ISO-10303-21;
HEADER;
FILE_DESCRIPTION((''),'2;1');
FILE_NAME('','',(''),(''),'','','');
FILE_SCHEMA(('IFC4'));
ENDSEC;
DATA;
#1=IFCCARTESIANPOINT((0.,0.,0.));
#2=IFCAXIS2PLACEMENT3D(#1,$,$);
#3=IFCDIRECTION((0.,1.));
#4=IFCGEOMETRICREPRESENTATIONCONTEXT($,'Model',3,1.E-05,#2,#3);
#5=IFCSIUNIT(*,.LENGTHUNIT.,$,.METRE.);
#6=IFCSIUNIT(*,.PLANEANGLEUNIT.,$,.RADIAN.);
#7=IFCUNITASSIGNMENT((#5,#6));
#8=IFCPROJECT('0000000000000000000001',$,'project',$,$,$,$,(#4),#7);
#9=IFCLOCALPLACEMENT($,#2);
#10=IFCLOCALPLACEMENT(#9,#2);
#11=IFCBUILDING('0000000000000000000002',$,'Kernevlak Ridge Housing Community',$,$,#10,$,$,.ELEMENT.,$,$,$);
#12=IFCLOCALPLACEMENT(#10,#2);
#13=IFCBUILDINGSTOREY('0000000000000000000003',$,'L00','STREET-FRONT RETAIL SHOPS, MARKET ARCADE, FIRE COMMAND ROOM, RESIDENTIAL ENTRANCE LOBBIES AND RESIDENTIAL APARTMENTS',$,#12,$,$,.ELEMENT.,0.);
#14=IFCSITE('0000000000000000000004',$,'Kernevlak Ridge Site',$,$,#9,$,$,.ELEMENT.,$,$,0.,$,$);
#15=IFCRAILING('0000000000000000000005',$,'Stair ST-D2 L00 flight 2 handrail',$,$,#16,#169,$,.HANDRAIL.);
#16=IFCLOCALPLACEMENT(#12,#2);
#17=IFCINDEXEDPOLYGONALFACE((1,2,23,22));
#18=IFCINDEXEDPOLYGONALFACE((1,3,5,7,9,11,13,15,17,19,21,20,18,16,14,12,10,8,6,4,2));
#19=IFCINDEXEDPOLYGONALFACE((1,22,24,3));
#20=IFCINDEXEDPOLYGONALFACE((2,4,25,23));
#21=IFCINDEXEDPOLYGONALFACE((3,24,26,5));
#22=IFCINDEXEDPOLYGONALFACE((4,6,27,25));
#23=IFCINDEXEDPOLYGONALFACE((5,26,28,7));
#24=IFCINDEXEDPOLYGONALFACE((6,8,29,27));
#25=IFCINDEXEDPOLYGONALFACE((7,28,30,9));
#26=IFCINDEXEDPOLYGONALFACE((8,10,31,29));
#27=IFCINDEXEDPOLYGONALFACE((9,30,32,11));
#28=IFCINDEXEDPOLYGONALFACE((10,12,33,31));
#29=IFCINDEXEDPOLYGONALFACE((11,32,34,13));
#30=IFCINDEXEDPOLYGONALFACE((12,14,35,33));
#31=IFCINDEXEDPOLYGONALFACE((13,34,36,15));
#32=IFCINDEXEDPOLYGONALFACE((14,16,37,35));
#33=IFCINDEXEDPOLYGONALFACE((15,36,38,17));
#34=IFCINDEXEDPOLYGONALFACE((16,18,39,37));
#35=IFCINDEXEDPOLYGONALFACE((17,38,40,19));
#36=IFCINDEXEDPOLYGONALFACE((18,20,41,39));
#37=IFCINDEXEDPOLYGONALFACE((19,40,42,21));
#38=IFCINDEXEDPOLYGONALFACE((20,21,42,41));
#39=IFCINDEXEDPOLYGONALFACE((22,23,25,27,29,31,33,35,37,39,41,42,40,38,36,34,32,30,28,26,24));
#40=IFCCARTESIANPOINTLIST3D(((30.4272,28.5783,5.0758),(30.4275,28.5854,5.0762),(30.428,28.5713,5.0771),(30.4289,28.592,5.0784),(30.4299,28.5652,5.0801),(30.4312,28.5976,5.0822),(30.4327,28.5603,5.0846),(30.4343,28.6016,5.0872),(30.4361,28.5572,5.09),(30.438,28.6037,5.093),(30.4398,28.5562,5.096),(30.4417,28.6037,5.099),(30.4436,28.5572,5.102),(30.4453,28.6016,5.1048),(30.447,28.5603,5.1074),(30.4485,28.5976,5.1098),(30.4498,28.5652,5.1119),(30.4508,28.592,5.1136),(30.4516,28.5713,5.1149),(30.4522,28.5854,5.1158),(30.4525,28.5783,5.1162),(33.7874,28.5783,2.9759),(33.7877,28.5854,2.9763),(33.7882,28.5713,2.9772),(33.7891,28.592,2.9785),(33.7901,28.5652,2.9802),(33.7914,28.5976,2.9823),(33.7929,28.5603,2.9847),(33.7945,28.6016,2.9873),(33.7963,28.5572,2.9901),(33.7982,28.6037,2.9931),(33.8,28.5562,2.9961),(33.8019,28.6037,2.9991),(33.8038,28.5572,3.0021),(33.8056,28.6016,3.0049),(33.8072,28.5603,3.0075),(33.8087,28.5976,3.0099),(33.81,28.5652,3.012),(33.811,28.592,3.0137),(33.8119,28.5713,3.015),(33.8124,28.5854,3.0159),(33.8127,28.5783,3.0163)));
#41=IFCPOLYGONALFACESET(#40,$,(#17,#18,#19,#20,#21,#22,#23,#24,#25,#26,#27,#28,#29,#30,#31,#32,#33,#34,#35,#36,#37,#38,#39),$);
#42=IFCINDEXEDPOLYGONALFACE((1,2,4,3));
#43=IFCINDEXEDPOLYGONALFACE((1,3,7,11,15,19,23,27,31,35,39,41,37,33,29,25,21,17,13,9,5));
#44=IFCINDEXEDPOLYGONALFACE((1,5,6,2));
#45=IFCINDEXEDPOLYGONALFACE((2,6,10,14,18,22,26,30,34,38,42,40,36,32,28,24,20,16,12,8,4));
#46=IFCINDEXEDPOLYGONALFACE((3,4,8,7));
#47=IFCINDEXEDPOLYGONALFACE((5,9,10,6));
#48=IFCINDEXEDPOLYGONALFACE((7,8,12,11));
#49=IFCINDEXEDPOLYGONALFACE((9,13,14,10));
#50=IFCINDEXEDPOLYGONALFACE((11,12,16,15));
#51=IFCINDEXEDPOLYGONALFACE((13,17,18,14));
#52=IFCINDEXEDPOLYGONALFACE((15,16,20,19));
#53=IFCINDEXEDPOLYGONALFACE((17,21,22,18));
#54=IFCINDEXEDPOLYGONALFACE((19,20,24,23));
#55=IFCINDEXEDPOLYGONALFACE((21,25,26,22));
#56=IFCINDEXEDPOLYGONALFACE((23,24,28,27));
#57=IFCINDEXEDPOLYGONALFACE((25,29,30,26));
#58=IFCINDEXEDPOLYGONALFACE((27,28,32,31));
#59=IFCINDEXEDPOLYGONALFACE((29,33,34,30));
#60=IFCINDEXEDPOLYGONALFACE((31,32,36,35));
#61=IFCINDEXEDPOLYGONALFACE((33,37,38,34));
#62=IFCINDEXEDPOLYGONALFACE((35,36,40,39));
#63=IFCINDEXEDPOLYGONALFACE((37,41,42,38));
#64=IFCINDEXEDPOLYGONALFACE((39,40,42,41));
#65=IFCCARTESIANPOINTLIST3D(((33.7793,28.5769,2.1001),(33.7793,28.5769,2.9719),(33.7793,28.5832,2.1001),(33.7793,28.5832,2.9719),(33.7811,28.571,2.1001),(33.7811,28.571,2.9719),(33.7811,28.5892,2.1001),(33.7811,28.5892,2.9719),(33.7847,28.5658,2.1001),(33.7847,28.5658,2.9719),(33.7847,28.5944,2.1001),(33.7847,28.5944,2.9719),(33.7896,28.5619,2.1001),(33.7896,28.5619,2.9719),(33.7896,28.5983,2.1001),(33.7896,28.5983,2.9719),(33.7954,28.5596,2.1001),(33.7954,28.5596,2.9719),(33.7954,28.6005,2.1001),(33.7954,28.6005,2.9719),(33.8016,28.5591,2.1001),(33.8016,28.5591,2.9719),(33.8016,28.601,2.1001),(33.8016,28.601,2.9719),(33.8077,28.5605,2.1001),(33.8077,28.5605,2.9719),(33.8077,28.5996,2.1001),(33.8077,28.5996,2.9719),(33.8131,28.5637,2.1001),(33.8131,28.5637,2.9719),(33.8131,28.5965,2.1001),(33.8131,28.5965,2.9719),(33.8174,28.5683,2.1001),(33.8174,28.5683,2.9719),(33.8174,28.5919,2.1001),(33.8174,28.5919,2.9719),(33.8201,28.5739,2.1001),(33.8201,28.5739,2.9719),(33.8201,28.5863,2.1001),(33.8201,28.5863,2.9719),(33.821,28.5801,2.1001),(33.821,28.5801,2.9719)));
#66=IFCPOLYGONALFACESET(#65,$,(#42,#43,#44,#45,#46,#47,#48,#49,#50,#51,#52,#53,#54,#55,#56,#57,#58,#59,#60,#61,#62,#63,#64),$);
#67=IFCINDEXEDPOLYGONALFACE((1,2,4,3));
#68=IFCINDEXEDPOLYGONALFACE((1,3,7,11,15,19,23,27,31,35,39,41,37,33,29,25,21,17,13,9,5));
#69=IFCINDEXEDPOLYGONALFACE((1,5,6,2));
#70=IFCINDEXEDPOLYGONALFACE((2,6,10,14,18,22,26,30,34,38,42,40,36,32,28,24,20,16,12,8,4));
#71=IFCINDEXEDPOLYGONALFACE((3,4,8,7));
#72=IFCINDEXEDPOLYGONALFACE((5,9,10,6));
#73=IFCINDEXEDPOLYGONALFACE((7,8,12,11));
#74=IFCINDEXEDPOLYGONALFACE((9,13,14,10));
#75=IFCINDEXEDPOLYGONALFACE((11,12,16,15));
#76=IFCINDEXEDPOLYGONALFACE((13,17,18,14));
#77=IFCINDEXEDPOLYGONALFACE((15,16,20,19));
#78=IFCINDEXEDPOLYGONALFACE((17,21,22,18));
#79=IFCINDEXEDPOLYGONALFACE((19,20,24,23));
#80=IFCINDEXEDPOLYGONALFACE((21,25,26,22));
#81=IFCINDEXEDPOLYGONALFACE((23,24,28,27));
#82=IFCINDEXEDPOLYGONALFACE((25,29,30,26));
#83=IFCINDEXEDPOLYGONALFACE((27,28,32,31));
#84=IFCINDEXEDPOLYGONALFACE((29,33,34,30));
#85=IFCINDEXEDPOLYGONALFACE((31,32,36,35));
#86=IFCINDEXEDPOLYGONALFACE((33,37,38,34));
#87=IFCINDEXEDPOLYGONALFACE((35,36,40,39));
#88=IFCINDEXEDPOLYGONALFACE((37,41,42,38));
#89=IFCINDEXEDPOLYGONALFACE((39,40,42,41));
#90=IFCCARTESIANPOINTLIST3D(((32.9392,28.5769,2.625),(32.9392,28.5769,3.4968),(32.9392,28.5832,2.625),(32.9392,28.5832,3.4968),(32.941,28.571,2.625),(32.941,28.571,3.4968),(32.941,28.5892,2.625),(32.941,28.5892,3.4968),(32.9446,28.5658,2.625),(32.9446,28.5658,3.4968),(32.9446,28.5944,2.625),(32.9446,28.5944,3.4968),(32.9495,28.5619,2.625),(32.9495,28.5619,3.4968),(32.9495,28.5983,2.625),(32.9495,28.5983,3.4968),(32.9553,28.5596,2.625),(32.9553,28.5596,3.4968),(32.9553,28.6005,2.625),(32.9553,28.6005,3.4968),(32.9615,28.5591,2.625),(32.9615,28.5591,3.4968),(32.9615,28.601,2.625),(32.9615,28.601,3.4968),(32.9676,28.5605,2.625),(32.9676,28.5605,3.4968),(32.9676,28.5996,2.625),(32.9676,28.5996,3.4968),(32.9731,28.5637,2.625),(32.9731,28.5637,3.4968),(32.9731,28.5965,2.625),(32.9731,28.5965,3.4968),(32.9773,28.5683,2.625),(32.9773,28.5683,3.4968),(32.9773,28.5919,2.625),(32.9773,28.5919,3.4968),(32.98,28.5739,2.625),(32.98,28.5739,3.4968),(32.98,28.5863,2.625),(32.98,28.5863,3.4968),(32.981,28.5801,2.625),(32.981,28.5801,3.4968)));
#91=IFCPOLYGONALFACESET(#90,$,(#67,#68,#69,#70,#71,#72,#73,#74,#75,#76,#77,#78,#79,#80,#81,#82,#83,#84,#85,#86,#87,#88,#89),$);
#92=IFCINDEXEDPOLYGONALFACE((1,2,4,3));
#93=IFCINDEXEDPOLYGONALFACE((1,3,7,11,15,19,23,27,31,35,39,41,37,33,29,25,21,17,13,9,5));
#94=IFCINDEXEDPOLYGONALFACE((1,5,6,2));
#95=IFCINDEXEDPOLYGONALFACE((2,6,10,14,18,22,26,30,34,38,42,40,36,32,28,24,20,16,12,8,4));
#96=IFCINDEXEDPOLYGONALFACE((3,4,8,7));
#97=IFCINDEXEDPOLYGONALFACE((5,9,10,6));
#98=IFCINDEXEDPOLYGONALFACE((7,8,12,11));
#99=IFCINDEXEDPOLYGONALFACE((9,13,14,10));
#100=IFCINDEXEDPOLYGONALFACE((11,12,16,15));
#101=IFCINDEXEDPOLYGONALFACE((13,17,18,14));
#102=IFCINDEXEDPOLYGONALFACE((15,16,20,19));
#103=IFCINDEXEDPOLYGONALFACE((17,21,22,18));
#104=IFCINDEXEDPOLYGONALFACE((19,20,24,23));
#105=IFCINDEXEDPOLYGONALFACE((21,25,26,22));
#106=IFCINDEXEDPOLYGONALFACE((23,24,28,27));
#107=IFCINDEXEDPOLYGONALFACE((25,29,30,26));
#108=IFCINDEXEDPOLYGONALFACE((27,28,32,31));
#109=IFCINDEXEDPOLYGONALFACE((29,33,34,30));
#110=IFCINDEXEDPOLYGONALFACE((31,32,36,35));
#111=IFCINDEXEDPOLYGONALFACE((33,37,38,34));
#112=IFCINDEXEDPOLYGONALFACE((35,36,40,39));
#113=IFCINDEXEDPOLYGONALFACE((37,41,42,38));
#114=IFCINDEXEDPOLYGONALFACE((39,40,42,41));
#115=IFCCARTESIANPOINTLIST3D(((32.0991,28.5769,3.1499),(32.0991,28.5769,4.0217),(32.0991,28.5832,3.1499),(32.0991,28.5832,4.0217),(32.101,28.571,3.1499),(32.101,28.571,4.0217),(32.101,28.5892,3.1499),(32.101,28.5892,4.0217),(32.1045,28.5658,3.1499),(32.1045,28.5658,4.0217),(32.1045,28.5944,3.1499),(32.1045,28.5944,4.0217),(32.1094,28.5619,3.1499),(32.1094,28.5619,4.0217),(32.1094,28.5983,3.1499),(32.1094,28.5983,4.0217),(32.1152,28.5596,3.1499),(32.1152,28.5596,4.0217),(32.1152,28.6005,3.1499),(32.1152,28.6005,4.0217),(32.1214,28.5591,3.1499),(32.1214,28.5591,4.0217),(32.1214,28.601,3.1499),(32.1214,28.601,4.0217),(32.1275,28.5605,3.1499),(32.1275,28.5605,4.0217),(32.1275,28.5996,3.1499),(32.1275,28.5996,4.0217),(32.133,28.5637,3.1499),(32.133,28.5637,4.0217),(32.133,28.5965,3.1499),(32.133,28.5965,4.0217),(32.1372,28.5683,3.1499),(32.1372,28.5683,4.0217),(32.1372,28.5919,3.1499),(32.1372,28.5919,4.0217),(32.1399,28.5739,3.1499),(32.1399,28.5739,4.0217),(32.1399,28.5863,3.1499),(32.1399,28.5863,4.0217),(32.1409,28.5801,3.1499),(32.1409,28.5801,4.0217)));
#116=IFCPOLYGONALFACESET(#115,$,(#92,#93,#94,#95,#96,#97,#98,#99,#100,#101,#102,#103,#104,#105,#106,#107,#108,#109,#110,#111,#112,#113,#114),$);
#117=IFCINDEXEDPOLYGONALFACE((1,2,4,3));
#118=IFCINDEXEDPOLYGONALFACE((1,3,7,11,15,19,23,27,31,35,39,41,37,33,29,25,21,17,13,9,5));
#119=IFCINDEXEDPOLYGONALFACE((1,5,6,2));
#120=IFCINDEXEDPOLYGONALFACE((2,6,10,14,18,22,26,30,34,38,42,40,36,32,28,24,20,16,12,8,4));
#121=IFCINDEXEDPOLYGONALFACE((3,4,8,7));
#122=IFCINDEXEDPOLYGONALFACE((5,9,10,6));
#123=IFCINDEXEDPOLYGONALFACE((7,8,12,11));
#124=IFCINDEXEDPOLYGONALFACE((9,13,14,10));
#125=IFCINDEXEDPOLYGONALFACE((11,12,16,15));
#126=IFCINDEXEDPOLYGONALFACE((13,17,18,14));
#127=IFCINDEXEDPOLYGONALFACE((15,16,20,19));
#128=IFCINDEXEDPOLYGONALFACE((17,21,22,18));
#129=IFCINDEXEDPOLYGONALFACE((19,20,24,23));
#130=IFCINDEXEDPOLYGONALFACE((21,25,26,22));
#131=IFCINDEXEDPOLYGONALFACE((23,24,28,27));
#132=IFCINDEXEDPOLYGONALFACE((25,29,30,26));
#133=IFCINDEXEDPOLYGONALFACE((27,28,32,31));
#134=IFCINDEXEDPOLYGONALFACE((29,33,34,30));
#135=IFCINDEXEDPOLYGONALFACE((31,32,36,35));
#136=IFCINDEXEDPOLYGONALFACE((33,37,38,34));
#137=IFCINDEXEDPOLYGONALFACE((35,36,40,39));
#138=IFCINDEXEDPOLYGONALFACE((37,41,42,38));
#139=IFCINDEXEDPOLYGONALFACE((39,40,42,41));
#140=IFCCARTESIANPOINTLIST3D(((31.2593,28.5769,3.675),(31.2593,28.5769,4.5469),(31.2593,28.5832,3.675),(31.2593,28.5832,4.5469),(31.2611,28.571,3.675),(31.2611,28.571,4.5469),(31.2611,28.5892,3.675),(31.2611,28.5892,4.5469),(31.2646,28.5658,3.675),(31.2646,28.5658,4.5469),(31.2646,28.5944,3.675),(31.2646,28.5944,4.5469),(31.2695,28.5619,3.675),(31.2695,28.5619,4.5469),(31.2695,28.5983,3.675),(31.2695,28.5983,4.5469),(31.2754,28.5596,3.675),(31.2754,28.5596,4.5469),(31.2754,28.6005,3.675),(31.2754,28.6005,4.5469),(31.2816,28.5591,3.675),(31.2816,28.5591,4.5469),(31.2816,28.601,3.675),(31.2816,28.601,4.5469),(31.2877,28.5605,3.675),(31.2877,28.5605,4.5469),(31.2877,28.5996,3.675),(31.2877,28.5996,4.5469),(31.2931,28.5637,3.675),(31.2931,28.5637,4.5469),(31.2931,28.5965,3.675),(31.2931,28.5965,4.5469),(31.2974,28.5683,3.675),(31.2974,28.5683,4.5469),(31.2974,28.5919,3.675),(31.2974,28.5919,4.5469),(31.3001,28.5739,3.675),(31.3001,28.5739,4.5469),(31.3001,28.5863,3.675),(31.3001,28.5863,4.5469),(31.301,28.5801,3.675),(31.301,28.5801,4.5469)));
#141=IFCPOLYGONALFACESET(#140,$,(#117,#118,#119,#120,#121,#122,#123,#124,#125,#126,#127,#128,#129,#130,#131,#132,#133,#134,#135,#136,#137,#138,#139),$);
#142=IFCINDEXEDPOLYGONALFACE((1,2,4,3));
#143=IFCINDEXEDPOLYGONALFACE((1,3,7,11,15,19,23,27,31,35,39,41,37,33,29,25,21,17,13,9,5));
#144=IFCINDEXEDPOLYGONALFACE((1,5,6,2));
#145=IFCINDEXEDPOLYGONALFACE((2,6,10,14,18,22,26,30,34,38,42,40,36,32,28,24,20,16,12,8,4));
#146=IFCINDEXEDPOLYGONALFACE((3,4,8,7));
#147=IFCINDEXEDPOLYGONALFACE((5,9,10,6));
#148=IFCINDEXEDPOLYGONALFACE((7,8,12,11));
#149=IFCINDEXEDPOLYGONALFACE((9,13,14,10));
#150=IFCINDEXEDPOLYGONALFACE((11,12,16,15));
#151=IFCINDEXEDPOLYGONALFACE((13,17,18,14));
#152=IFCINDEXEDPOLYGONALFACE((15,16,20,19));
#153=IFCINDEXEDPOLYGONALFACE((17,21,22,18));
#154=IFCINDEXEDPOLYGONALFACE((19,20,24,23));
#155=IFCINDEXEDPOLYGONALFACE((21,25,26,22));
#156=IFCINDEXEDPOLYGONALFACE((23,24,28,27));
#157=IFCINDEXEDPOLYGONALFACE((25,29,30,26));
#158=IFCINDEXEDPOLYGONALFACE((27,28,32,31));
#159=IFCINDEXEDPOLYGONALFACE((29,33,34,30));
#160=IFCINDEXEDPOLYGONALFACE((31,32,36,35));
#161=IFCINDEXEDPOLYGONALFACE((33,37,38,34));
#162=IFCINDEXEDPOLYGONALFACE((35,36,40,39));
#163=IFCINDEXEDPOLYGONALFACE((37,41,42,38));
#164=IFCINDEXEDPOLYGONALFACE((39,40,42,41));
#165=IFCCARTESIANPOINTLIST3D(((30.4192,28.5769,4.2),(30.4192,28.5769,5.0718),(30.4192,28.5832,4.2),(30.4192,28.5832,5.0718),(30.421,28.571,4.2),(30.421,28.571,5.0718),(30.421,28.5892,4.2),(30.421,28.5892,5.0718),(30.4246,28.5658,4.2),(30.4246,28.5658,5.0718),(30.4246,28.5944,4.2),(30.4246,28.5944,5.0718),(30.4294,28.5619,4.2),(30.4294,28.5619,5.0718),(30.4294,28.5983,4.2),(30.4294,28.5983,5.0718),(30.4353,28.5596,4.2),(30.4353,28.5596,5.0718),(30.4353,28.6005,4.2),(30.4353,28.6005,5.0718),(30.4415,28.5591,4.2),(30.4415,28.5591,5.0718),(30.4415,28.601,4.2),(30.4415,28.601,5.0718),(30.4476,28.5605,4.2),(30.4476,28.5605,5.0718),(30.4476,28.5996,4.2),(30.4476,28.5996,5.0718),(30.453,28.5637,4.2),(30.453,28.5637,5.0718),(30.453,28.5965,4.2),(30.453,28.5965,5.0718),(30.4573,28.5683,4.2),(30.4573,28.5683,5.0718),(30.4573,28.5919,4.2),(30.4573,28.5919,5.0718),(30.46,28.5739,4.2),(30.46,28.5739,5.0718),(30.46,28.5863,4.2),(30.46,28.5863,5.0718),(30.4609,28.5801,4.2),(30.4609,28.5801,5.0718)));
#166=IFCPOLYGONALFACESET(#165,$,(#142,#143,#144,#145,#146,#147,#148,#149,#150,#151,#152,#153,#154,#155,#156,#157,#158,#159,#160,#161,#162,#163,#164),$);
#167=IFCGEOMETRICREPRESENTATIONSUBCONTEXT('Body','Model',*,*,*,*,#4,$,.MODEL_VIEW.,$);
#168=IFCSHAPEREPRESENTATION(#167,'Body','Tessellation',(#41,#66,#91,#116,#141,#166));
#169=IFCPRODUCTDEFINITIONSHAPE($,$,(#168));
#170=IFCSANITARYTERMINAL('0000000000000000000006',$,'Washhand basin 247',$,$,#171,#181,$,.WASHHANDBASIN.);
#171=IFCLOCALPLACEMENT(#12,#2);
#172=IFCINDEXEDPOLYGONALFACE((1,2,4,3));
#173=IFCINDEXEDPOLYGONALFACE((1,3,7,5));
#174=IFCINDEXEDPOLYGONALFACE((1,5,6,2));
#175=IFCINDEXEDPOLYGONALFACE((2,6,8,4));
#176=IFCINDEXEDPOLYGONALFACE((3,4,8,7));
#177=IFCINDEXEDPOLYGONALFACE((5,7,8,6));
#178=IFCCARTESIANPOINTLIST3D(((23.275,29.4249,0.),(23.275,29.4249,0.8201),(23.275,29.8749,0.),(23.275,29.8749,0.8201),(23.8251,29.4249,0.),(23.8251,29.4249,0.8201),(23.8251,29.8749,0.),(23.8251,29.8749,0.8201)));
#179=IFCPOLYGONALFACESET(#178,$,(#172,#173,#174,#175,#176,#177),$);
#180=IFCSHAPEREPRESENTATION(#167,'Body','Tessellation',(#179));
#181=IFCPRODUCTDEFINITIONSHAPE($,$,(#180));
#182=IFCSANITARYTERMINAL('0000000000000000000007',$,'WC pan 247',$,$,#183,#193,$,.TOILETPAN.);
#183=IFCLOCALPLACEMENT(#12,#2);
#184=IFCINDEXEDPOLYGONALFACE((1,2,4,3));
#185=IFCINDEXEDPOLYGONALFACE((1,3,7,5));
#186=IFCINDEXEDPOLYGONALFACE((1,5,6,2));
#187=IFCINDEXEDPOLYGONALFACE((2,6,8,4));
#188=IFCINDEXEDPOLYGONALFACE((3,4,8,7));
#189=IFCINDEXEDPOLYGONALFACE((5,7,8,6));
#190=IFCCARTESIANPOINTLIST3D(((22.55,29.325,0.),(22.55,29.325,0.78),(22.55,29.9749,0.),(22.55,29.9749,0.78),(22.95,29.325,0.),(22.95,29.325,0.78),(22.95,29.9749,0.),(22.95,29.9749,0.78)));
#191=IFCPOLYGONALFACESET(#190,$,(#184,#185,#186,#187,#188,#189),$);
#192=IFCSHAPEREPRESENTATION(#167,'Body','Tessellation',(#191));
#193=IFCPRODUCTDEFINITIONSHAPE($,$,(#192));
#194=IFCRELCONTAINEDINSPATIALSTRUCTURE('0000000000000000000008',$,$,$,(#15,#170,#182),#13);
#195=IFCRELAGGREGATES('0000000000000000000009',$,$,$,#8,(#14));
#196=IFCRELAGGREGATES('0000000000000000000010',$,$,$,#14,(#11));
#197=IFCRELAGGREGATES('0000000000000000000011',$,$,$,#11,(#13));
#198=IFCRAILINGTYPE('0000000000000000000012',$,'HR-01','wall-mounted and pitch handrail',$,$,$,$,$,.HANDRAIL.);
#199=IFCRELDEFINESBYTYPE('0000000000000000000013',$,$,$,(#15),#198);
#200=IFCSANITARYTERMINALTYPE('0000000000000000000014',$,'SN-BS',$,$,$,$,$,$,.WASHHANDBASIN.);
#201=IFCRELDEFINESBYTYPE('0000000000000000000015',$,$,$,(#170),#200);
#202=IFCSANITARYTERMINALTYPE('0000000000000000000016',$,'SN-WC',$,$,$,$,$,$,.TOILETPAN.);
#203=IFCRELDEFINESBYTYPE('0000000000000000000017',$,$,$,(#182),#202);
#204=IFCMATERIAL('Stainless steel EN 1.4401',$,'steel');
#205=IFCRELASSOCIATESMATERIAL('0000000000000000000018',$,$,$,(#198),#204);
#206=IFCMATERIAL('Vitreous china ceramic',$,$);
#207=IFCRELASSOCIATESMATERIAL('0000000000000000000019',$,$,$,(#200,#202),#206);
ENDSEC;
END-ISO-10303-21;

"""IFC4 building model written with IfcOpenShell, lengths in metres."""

from ifc_helpers import new_model, si_unit, direction, frame, origin, origin_2d, place, context, subcontext, project, spatial, rectangle, circle, extrude, material, type_object, element, save


model = new_model("IFC4")

# Units and contexts
model_context = context("Model", 3, precision=1e-05, world=origin(), true_north=direction((0.0, 1.0)))
body_context = subcontext(model_context, "Body", "Model", "MODEL_VIEW")
ifc_project = project(units=[si_unit("LENGTHUNIT", "METRE"), si_unit("PLANEANGLEUNIT", "RADIAN")], contexts=[model_context])

# Site, building, storey
site_placement = place(None, origin())
site = spatial("IfcSite", under=ifc_project, at=site_placement, Name="Kernevlak Ridge Site", CompositionType="ELEMENT", RefElevation=0.0)
building_placement = place(site_placement, origin())
building = spatial("IfcBuilding", under=site, at=building_placement, Name="Kernevlak Ridge Housing Community", CompositionType="ELEMENT")
storey_placement = place(building_placement, origin())
storey = spatial("IfcBuildingStorey", under=building, at=storey_placement, Name="L00", Description="STREET-FRONT RETAIL SHOPS, MARKET ARCADE, FIRE COMMAND ROOM, RESIDENTIAL ENTRANCE LOBBIES AND RESIDENTIAL APARTMENTS", CompositionType="ELEMENT", Elevation=0.0)

# Railing
ifc_material_1 = material(Name="Stainless steel EN 1.4401", Category="steel")
railing_type_1 = type_object("IfcRailingType", Name="HR-01", Description="wall-mounted and pitch handrail", PredefinedType="HANDRAIL", material=ifc_material_1)
railing_1_placement = place(storey_placement, frame((33.8, 28.5801, 2.1001)))
element("IfcRailing", 1, at=railing_1_placement, inside=storey, type_object=railing_type_1, Name="Stair ST-D2 L00 flight 2 handrail", PredefinedType="HANDRAIL", context=body_context, shape_type="SweptSolid", body=[
    extrude(circle(Radius=0.0239, at=origin_2d()), frame((0.0, 0.0, 0.896), z_axis=(-0.848023, 0.0, 0.52996), x_axis=(0.0, -1.0, 0.0)), (0.0, 0.0, 1.0), 3.9624),
    extrude(circle(Radius=0.021, at=origin_2d()), origin(), (0.0, 0.0, 1.0), 0.8718),
    extrude(circle(Radius=0.021, at=origin_2d()), frame((-0.8401, 0.0, 0.5249)), (0.0, 0.0, 1.0), 0.8718),
    extrude(circle(Radius=0.021, at=origin_2d()), frame((-1.6802, 0.0, 1.0498)), (0.0, 0.0, 1.0), 0.8718),
    extrude(circle(Radius=0.021, at=origin_2d()), frame((-2.52, 0.0, 1.575)), (0.0, 0.0, 1.0), 0.8718),
    extrude(circle(Radius=0.021, at=origin_2d()), frame((-3.3601, 0.0, 2.0999)), (0.0, 0.0, 1.0), 0.8718),
])

# Sanitary terminals
ifc_material_2 = material(Name="Vitreous china ceramic")
sanitary_terminal_type_1 = type_object("IfcSanitaryTerminalType", Name="SN-BS", PredefinedType="WASHHANDBASIN", material=ifc_material_2)
sanitary_terminal_1_placement = place(storey_placement, frame((23.55, 29.6499, 0.0), z_axis=(0.0, 0.0, 1.0), x_axis=(1.0, 0.0, 0.0)))
element("IfcSanitaryTerminal", 2, at=sanitary_terminal_1_placement, inside=storey, type_object=sanitary_terminal_type_1, Name="Washhand basin 247", PredefinedType="WASHHANDBASIN", context=body_context, shape_type="SweptSolid", body=[
    extrude(rectangle(XDim=0.55, YDim=0.45, at=origin_2d()), origin(), (0.0, 0.0, 1.0), 0.8201),
])
sanitary_terminal_type_2 = type_object("IfcSanitaryTerminalType", Name="SN-WC", PredefinedType="TOILETPAN", material=ifc_material_2)
sanitary_terminal_2_placement = place(storey_placement, frame((22.75, 29.6499, 0.0), z_axis=(0.0, 0.0, 1.0), x_axis=(1.0, 0.0, 0.0)))
element("IfcSanitaryTerminal", 3, at=sanitary_terminal_2_placement, inside=storey, type_object=sanitary_terminal_type_2, Name="WC pan 247", PredefinedType="TOILETPAN", context=body_context, shape_type="SweptSolid", body=[
    extrude(rectangle(XDim=0.3999, YDim=0.6499, at=origin_2d()), origin(), (0.0, 0.0, 1.0), 0.78),
])

save(model, "model.ifc")
